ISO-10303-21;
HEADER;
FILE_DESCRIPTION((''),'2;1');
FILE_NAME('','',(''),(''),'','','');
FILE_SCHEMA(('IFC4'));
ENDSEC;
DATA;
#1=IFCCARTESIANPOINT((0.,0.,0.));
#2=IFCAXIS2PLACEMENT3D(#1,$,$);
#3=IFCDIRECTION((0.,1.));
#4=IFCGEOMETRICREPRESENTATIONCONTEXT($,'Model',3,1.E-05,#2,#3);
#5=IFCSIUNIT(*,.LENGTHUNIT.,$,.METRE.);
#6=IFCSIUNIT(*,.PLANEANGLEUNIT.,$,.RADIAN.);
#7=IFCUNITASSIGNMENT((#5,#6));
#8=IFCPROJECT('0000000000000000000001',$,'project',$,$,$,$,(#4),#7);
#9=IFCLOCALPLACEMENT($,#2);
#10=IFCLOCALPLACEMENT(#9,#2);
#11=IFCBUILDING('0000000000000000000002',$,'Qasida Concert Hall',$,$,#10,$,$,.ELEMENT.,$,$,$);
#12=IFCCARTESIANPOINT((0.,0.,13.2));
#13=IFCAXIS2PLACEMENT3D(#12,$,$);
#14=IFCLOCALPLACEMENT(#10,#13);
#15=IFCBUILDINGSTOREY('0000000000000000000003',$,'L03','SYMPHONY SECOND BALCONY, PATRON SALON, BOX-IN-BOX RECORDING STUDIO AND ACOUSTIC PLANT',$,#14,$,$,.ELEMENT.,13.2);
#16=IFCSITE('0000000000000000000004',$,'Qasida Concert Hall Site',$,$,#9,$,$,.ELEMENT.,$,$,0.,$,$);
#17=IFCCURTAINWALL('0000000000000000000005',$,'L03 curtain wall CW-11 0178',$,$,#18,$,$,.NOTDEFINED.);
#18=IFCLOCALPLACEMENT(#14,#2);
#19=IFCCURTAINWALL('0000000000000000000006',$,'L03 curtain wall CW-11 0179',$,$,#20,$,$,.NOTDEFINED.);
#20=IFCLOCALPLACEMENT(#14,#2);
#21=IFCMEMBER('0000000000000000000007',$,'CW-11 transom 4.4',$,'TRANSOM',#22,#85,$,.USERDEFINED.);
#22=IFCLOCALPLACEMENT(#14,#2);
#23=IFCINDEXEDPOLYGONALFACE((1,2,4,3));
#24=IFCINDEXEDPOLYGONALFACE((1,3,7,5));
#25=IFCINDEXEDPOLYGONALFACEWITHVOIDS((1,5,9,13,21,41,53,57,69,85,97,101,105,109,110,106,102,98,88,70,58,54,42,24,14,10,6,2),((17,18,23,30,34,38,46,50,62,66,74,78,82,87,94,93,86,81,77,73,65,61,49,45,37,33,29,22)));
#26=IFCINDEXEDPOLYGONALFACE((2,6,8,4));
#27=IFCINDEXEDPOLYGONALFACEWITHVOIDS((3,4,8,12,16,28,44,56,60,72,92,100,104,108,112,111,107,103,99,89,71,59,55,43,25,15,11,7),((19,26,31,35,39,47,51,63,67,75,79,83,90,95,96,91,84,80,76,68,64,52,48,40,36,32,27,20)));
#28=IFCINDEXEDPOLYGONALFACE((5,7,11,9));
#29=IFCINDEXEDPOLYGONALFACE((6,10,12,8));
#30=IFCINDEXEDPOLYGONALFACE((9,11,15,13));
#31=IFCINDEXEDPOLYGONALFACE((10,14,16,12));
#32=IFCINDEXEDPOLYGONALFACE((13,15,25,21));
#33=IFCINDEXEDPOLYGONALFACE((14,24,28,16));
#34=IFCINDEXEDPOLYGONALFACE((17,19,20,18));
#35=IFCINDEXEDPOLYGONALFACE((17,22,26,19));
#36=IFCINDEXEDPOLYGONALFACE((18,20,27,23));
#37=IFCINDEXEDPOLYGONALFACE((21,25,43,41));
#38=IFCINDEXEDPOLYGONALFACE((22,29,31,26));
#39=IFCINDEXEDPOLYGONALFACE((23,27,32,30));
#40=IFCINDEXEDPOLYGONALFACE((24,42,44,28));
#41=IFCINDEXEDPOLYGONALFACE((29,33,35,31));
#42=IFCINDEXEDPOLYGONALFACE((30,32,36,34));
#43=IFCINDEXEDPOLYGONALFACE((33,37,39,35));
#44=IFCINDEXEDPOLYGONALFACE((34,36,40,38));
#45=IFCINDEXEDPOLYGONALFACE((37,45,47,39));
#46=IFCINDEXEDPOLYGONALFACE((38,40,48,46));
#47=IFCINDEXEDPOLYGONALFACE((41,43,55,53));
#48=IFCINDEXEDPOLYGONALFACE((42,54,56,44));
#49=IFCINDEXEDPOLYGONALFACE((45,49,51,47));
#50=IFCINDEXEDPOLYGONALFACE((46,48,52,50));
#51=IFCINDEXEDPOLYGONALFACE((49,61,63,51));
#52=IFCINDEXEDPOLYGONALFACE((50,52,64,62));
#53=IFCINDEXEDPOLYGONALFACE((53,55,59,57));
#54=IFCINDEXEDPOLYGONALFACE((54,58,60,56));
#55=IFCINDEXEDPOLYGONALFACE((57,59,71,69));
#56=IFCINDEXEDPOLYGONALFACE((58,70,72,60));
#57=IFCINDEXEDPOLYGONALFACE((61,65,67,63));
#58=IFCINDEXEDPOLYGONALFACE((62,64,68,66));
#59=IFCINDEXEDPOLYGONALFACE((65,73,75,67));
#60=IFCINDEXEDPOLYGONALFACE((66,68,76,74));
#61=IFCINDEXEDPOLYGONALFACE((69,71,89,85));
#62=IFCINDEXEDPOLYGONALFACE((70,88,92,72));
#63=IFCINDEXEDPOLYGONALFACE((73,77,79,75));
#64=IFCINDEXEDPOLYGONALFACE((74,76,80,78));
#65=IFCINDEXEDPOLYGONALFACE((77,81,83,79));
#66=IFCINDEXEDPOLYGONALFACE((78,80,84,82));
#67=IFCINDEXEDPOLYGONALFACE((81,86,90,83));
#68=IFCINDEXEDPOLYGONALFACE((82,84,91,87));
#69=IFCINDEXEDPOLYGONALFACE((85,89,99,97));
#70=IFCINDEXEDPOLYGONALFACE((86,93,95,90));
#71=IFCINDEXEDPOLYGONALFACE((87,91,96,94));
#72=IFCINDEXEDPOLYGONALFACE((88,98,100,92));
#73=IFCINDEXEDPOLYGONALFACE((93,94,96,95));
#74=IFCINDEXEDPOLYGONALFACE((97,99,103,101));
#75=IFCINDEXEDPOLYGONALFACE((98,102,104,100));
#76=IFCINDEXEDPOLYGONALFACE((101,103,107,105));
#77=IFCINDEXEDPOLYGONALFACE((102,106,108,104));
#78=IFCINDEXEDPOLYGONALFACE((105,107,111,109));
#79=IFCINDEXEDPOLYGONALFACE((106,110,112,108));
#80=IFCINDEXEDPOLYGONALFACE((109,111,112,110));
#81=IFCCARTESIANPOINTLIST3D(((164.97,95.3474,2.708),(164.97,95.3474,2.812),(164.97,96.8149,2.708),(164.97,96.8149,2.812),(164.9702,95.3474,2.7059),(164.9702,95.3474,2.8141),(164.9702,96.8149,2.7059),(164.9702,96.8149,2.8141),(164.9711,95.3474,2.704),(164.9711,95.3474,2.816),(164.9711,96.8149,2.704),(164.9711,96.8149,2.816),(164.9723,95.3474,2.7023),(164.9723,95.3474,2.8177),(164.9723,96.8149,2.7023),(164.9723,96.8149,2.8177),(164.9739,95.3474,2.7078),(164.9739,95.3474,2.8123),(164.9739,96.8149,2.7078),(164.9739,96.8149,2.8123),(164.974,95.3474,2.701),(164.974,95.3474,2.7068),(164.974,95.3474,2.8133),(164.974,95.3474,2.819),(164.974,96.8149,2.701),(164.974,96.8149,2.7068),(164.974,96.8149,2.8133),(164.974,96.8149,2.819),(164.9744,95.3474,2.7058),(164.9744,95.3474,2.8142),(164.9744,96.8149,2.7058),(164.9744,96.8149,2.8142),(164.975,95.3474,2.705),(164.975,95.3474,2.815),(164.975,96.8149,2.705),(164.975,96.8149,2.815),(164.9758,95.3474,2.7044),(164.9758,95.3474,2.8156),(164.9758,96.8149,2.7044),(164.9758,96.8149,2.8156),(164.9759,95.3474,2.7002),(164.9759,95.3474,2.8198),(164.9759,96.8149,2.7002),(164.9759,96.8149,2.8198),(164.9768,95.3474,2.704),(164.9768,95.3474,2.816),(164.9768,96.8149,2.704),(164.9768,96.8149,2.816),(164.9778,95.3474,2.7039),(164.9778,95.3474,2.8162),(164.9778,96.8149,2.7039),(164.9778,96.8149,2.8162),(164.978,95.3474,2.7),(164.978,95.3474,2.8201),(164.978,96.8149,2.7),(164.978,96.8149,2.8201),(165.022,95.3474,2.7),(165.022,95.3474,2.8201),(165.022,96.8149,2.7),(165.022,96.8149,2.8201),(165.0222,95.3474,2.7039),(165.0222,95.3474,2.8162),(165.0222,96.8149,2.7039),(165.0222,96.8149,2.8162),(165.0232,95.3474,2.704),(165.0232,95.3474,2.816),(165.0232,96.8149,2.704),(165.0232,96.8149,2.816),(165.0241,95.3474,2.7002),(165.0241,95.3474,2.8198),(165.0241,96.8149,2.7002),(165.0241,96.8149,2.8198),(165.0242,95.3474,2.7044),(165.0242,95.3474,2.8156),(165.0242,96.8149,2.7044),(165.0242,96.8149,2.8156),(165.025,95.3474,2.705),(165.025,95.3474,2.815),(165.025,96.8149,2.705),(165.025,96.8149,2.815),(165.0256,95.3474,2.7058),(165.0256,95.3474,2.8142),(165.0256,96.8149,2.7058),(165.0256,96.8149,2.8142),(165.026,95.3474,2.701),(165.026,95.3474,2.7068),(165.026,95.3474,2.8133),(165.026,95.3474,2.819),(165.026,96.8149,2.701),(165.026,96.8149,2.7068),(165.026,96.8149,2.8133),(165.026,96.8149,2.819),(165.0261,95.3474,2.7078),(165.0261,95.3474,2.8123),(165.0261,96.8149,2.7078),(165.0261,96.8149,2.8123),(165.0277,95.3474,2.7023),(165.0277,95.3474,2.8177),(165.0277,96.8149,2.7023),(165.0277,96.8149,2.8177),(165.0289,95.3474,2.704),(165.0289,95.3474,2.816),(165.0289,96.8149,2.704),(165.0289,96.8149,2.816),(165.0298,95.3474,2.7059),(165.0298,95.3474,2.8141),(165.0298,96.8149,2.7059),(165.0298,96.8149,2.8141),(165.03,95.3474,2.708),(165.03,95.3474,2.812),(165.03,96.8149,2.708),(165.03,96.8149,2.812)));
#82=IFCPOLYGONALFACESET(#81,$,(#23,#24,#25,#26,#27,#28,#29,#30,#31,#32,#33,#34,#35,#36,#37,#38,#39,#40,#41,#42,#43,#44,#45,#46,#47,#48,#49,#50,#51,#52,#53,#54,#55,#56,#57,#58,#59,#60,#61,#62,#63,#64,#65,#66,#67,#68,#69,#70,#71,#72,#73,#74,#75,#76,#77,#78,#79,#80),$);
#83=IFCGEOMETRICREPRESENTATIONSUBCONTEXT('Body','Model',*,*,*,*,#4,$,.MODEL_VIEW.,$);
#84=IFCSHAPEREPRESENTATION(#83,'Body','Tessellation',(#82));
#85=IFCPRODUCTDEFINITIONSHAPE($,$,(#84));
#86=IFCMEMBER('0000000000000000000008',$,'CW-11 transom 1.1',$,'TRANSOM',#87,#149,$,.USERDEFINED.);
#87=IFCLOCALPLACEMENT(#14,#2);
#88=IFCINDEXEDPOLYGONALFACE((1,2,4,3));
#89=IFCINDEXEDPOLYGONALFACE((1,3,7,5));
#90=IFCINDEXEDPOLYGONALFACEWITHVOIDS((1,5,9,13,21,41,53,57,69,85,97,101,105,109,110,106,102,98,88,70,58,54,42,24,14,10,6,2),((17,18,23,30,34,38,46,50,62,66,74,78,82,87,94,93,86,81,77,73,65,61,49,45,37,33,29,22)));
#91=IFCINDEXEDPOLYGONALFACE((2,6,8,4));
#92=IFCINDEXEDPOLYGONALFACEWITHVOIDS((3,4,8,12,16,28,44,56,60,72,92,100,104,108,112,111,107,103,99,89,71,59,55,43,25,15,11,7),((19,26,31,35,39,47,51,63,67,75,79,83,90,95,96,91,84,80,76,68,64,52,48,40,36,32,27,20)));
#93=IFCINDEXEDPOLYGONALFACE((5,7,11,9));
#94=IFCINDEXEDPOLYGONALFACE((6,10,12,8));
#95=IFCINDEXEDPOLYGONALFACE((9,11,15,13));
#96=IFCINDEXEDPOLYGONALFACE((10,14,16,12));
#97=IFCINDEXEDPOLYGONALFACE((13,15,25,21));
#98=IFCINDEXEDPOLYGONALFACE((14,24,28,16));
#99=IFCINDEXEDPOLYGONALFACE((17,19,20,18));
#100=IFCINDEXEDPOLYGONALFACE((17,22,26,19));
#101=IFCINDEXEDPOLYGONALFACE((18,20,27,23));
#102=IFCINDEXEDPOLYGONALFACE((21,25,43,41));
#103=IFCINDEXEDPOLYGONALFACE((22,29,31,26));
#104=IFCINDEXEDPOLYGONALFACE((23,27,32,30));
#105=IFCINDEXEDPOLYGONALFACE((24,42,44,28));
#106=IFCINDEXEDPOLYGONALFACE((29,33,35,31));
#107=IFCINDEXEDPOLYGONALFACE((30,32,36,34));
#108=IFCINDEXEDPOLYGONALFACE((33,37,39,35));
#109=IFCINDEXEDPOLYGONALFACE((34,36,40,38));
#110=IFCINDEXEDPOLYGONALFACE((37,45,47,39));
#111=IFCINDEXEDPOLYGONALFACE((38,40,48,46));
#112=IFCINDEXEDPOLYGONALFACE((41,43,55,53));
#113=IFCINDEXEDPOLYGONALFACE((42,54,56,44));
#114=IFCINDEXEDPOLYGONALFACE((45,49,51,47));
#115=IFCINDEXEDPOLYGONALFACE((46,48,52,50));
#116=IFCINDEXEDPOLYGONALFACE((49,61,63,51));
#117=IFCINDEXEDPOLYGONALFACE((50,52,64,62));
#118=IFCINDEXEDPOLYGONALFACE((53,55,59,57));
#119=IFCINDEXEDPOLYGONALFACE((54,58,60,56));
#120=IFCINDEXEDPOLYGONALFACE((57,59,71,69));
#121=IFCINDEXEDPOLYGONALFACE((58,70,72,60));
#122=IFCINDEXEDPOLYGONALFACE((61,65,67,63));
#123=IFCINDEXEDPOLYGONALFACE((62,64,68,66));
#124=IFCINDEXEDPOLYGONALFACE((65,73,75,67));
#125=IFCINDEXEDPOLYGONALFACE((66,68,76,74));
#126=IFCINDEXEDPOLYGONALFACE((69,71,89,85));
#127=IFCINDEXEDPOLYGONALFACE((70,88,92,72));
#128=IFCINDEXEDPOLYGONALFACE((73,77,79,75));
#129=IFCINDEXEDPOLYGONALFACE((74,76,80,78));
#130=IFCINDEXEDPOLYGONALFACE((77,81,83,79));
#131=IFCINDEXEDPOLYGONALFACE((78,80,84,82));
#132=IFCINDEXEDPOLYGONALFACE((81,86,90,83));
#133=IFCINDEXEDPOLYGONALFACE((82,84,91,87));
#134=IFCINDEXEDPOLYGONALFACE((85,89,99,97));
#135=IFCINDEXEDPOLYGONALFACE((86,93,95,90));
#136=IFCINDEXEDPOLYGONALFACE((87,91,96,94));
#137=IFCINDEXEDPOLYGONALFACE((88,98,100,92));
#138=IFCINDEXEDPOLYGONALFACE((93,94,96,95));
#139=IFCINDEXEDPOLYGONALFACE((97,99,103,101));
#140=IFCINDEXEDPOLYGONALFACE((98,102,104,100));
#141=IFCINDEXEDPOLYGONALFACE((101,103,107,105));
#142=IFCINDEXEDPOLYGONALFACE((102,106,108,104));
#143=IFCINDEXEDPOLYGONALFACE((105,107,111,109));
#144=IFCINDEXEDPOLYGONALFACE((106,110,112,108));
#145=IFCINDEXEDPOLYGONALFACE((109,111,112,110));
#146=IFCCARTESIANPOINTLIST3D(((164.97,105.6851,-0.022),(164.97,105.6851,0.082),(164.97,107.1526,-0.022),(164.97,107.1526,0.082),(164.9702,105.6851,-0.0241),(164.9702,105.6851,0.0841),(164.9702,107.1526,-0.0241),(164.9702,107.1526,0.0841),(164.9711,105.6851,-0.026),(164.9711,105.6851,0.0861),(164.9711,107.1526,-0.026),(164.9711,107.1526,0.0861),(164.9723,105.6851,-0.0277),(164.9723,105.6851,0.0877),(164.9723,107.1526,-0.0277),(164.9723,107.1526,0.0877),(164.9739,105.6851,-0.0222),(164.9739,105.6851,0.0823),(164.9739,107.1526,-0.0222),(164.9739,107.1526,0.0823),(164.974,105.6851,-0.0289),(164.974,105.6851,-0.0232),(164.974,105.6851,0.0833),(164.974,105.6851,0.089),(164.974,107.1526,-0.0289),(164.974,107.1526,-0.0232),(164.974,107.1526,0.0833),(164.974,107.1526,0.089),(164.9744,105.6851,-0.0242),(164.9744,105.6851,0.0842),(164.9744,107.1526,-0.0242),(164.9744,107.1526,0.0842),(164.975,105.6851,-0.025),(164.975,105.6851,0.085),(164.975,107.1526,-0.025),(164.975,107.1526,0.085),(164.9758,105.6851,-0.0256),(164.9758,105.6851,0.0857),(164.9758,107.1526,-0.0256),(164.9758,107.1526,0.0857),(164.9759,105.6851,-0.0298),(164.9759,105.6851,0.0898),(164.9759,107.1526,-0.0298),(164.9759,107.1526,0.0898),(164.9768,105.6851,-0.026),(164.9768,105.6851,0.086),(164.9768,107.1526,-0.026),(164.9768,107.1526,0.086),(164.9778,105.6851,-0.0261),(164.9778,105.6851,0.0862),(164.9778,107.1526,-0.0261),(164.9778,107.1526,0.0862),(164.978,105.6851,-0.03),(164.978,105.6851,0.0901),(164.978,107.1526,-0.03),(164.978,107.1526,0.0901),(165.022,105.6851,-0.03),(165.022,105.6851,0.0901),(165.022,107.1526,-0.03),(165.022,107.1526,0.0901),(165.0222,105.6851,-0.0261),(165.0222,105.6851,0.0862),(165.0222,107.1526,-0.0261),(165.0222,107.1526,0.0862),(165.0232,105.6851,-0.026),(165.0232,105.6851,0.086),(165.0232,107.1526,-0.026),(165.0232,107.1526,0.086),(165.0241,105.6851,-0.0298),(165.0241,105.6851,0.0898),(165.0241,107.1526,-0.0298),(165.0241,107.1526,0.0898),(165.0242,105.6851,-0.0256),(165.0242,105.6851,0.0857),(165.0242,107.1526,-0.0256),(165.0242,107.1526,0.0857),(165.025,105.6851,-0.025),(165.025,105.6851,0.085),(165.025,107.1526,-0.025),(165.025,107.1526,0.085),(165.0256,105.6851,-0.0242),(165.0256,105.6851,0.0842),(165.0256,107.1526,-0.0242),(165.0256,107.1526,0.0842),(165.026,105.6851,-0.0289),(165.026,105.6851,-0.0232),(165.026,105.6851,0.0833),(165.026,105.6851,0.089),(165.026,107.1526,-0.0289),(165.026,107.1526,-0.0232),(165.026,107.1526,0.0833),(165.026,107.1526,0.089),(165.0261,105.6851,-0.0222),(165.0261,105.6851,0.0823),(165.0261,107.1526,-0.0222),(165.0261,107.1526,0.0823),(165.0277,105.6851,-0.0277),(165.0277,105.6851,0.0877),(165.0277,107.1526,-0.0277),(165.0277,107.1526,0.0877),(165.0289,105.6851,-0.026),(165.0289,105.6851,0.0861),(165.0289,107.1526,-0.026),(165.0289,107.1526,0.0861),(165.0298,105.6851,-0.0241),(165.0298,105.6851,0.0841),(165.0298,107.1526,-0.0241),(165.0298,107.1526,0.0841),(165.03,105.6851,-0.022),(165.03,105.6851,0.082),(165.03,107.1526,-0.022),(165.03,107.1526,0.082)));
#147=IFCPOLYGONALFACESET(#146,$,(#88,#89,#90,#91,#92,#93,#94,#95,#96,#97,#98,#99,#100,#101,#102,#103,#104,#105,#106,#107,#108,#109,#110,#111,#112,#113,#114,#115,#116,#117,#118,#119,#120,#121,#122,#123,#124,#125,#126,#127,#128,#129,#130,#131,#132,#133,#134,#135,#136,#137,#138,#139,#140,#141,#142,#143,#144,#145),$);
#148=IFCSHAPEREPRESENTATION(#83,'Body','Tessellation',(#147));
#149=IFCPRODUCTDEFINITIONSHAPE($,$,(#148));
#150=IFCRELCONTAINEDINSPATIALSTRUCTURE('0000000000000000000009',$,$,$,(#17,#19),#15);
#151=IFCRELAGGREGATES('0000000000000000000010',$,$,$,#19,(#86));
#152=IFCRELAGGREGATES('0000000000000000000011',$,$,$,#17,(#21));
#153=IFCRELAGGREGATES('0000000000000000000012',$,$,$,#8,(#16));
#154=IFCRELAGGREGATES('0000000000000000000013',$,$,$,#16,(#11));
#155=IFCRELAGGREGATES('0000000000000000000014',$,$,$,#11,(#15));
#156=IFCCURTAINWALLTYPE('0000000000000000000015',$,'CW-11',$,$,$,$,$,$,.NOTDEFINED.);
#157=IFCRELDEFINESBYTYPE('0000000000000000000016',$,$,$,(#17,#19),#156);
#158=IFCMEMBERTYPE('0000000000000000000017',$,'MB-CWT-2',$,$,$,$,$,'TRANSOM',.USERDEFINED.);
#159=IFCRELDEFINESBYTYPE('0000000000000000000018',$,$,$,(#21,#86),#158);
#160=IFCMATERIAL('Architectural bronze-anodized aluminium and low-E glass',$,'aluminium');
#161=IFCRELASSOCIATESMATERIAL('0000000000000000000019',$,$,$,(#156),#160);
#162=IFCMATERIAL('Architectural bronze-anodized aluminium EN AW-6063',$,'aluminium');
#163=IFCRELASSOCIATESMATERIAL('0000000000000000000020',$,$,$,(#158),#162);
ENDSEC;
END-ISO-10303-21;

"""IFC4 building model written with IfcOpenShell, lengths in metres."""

from ifc_helpers import new_model, si_unit, direction, frame, origin, origin_2d, place, context, subcontext, project, spatial, hollow_rectangle, extrude, material, material_profile, profile_set, type_object, element, aggregate, save


model = new_model("IFC4")

# Units and contexts
model_context = context("Model", 3, precision=1e-05, world=origin(), true_north=direction((0.0, 1.0)))
body_context = subcontext(model_context, "Body", "Model", "MODEL_VIEW")
ifc_project = project(units=[si_unit("LENGTHUNIT", "METRE"), si_unit("PLANEANGLEUNIT", "RADIAN")], contexts=[model_context])

# Site, building, storey
site_placement = place(None, origin())
site = spatial("IfcSite", under=ifc_project, at=site_placement, Name="Qasida Concert Hall Site", CompositionType="ELEMENT", RefElevation=0.0)
building_placement = place(site_placement, origin())
building = spatial("IfcBuilding", under=site, at=building_placement, Name="Qasida Concert Hall", CompositionType="ELEMENT")
storey_placement = place(building_placement, frame((0.0, 0.0, 13.2)))
storey = spatial("IfcBuildingStorey", under=building, at=storey_placement, Name="L03", Description="SYMPHONY SECOND BALCONY, PATRON SALON, BOX-IN-BOX RECORDING STUDIO AND ACOUSTIC PLANT", CompositionType="ELEMENT", Elevation=13.2)

# Curtain wall
ifc_material_1 = material(Name="Architectural bronze-anodized aluminium and low-E glass", Category="aluminium")
curtain_wall_type = type_object("IfcCurtainWallType", Name="CW-11", PredefinedType="NOTDEFINED", material=ifc_material_1)
curtain_wall_1_placement = place(storey_placement, origin())
curtain_wall_1 = element("IfcCurtainWall", 1, at=curtain_wall_1_placement, inside=storey, type_object=curtain_wall_type, Name="L03 curtain wall CW-11 0178", PredefinedType="NOTDEFINED")
ifc_material_2 = material(Name="Architectural bronze-anodized aluminium EN AW-6063", Category="aluminium")

# Curtain wall
curtain_wall_2_placement = place(storey_placement, origin())
curtain_wall_2 = element("IfcCurtainWall", 2, at=curtain_wall_2_placement, inside=storey, type_object=curtain_wall_type, Name="L03 curtain wall CW-11 0179", PredefinedType="NOTDEFINED")

# Members
ifc_material_profile_1 = material_profile(ifc_material_2, hollow_rectangle(XDim=0.0601, YDim=0.1201, WallThickness=0.0039, InnerFilletRadius=0.0039, OuterFilletRadius=0.0081, at=origin_2d()), Name="CWT 120x60x4")
ifc_profile_set_1 = profile_set([ifc_material_profile_1], Name="Architectural bronze-anodized aluminium EN AW-6063")
member_type_1 = type_object("IfcMemberType", Name="MB-CWT-2", ElementType="TRANSOM", PredefinedType="USERDEFINED", material=ifc_profile_set_1)
member_1_placement = place(storey_placement, frame((165.0, 95.3474, 2.76), z_axis=(0.0, 1.0, 0.0), x_axis=(-1.0, 0.0, 0.0)))
member_1 = element("IfcMember", 3, at=member_1_placement, type_object=member_type_1, Name="CW-11 transom 4.4", ObjectType="TRANSOM", PredefinedType="USERDEFINED", context=body_context, shape_type="SweptSolid", body=[
    extrude(hollow_rectangle(XDim=0.0601, YDim=0.1201, WallThickness=0.0039, InnerFilletRadius=0.0039, OuterFilletRadius=0.0081, at=origin_2d()), origin(), (0.0, 0.0, 1.0), 1.4675),
])
member_2_placement = place(storey_placement, frame((165.0, 105.6851, 0.03), z_axis=(0.0, 1.0, 0.0), x_axis=(-1.0, 0.0, 0.0)))
member_2 = element("IfcMember", 4, at=member_2_placement, type_object=member_type_1, Name="CW-11 transom 1.1", ObjectType="TRANSOM", PredefinedType="USERDEFINED", context=body_context, shape_type="SweptSolid", body=[
    extrude(hollow_rectangle(XDim=0.0601, YDim=0.1201, WallThickness=0.0039, InnerFilletRadius=0.0039, OuterFilletRadius=0.0081, at=origin_2d()), origin(), (0.0, 0.0, 1.0), 1.4675),
])
aggregate(curtain_wall_2, [member_2])

aggregate(curtain_wall_1, [member_1])

save(model, "model.ifc")
